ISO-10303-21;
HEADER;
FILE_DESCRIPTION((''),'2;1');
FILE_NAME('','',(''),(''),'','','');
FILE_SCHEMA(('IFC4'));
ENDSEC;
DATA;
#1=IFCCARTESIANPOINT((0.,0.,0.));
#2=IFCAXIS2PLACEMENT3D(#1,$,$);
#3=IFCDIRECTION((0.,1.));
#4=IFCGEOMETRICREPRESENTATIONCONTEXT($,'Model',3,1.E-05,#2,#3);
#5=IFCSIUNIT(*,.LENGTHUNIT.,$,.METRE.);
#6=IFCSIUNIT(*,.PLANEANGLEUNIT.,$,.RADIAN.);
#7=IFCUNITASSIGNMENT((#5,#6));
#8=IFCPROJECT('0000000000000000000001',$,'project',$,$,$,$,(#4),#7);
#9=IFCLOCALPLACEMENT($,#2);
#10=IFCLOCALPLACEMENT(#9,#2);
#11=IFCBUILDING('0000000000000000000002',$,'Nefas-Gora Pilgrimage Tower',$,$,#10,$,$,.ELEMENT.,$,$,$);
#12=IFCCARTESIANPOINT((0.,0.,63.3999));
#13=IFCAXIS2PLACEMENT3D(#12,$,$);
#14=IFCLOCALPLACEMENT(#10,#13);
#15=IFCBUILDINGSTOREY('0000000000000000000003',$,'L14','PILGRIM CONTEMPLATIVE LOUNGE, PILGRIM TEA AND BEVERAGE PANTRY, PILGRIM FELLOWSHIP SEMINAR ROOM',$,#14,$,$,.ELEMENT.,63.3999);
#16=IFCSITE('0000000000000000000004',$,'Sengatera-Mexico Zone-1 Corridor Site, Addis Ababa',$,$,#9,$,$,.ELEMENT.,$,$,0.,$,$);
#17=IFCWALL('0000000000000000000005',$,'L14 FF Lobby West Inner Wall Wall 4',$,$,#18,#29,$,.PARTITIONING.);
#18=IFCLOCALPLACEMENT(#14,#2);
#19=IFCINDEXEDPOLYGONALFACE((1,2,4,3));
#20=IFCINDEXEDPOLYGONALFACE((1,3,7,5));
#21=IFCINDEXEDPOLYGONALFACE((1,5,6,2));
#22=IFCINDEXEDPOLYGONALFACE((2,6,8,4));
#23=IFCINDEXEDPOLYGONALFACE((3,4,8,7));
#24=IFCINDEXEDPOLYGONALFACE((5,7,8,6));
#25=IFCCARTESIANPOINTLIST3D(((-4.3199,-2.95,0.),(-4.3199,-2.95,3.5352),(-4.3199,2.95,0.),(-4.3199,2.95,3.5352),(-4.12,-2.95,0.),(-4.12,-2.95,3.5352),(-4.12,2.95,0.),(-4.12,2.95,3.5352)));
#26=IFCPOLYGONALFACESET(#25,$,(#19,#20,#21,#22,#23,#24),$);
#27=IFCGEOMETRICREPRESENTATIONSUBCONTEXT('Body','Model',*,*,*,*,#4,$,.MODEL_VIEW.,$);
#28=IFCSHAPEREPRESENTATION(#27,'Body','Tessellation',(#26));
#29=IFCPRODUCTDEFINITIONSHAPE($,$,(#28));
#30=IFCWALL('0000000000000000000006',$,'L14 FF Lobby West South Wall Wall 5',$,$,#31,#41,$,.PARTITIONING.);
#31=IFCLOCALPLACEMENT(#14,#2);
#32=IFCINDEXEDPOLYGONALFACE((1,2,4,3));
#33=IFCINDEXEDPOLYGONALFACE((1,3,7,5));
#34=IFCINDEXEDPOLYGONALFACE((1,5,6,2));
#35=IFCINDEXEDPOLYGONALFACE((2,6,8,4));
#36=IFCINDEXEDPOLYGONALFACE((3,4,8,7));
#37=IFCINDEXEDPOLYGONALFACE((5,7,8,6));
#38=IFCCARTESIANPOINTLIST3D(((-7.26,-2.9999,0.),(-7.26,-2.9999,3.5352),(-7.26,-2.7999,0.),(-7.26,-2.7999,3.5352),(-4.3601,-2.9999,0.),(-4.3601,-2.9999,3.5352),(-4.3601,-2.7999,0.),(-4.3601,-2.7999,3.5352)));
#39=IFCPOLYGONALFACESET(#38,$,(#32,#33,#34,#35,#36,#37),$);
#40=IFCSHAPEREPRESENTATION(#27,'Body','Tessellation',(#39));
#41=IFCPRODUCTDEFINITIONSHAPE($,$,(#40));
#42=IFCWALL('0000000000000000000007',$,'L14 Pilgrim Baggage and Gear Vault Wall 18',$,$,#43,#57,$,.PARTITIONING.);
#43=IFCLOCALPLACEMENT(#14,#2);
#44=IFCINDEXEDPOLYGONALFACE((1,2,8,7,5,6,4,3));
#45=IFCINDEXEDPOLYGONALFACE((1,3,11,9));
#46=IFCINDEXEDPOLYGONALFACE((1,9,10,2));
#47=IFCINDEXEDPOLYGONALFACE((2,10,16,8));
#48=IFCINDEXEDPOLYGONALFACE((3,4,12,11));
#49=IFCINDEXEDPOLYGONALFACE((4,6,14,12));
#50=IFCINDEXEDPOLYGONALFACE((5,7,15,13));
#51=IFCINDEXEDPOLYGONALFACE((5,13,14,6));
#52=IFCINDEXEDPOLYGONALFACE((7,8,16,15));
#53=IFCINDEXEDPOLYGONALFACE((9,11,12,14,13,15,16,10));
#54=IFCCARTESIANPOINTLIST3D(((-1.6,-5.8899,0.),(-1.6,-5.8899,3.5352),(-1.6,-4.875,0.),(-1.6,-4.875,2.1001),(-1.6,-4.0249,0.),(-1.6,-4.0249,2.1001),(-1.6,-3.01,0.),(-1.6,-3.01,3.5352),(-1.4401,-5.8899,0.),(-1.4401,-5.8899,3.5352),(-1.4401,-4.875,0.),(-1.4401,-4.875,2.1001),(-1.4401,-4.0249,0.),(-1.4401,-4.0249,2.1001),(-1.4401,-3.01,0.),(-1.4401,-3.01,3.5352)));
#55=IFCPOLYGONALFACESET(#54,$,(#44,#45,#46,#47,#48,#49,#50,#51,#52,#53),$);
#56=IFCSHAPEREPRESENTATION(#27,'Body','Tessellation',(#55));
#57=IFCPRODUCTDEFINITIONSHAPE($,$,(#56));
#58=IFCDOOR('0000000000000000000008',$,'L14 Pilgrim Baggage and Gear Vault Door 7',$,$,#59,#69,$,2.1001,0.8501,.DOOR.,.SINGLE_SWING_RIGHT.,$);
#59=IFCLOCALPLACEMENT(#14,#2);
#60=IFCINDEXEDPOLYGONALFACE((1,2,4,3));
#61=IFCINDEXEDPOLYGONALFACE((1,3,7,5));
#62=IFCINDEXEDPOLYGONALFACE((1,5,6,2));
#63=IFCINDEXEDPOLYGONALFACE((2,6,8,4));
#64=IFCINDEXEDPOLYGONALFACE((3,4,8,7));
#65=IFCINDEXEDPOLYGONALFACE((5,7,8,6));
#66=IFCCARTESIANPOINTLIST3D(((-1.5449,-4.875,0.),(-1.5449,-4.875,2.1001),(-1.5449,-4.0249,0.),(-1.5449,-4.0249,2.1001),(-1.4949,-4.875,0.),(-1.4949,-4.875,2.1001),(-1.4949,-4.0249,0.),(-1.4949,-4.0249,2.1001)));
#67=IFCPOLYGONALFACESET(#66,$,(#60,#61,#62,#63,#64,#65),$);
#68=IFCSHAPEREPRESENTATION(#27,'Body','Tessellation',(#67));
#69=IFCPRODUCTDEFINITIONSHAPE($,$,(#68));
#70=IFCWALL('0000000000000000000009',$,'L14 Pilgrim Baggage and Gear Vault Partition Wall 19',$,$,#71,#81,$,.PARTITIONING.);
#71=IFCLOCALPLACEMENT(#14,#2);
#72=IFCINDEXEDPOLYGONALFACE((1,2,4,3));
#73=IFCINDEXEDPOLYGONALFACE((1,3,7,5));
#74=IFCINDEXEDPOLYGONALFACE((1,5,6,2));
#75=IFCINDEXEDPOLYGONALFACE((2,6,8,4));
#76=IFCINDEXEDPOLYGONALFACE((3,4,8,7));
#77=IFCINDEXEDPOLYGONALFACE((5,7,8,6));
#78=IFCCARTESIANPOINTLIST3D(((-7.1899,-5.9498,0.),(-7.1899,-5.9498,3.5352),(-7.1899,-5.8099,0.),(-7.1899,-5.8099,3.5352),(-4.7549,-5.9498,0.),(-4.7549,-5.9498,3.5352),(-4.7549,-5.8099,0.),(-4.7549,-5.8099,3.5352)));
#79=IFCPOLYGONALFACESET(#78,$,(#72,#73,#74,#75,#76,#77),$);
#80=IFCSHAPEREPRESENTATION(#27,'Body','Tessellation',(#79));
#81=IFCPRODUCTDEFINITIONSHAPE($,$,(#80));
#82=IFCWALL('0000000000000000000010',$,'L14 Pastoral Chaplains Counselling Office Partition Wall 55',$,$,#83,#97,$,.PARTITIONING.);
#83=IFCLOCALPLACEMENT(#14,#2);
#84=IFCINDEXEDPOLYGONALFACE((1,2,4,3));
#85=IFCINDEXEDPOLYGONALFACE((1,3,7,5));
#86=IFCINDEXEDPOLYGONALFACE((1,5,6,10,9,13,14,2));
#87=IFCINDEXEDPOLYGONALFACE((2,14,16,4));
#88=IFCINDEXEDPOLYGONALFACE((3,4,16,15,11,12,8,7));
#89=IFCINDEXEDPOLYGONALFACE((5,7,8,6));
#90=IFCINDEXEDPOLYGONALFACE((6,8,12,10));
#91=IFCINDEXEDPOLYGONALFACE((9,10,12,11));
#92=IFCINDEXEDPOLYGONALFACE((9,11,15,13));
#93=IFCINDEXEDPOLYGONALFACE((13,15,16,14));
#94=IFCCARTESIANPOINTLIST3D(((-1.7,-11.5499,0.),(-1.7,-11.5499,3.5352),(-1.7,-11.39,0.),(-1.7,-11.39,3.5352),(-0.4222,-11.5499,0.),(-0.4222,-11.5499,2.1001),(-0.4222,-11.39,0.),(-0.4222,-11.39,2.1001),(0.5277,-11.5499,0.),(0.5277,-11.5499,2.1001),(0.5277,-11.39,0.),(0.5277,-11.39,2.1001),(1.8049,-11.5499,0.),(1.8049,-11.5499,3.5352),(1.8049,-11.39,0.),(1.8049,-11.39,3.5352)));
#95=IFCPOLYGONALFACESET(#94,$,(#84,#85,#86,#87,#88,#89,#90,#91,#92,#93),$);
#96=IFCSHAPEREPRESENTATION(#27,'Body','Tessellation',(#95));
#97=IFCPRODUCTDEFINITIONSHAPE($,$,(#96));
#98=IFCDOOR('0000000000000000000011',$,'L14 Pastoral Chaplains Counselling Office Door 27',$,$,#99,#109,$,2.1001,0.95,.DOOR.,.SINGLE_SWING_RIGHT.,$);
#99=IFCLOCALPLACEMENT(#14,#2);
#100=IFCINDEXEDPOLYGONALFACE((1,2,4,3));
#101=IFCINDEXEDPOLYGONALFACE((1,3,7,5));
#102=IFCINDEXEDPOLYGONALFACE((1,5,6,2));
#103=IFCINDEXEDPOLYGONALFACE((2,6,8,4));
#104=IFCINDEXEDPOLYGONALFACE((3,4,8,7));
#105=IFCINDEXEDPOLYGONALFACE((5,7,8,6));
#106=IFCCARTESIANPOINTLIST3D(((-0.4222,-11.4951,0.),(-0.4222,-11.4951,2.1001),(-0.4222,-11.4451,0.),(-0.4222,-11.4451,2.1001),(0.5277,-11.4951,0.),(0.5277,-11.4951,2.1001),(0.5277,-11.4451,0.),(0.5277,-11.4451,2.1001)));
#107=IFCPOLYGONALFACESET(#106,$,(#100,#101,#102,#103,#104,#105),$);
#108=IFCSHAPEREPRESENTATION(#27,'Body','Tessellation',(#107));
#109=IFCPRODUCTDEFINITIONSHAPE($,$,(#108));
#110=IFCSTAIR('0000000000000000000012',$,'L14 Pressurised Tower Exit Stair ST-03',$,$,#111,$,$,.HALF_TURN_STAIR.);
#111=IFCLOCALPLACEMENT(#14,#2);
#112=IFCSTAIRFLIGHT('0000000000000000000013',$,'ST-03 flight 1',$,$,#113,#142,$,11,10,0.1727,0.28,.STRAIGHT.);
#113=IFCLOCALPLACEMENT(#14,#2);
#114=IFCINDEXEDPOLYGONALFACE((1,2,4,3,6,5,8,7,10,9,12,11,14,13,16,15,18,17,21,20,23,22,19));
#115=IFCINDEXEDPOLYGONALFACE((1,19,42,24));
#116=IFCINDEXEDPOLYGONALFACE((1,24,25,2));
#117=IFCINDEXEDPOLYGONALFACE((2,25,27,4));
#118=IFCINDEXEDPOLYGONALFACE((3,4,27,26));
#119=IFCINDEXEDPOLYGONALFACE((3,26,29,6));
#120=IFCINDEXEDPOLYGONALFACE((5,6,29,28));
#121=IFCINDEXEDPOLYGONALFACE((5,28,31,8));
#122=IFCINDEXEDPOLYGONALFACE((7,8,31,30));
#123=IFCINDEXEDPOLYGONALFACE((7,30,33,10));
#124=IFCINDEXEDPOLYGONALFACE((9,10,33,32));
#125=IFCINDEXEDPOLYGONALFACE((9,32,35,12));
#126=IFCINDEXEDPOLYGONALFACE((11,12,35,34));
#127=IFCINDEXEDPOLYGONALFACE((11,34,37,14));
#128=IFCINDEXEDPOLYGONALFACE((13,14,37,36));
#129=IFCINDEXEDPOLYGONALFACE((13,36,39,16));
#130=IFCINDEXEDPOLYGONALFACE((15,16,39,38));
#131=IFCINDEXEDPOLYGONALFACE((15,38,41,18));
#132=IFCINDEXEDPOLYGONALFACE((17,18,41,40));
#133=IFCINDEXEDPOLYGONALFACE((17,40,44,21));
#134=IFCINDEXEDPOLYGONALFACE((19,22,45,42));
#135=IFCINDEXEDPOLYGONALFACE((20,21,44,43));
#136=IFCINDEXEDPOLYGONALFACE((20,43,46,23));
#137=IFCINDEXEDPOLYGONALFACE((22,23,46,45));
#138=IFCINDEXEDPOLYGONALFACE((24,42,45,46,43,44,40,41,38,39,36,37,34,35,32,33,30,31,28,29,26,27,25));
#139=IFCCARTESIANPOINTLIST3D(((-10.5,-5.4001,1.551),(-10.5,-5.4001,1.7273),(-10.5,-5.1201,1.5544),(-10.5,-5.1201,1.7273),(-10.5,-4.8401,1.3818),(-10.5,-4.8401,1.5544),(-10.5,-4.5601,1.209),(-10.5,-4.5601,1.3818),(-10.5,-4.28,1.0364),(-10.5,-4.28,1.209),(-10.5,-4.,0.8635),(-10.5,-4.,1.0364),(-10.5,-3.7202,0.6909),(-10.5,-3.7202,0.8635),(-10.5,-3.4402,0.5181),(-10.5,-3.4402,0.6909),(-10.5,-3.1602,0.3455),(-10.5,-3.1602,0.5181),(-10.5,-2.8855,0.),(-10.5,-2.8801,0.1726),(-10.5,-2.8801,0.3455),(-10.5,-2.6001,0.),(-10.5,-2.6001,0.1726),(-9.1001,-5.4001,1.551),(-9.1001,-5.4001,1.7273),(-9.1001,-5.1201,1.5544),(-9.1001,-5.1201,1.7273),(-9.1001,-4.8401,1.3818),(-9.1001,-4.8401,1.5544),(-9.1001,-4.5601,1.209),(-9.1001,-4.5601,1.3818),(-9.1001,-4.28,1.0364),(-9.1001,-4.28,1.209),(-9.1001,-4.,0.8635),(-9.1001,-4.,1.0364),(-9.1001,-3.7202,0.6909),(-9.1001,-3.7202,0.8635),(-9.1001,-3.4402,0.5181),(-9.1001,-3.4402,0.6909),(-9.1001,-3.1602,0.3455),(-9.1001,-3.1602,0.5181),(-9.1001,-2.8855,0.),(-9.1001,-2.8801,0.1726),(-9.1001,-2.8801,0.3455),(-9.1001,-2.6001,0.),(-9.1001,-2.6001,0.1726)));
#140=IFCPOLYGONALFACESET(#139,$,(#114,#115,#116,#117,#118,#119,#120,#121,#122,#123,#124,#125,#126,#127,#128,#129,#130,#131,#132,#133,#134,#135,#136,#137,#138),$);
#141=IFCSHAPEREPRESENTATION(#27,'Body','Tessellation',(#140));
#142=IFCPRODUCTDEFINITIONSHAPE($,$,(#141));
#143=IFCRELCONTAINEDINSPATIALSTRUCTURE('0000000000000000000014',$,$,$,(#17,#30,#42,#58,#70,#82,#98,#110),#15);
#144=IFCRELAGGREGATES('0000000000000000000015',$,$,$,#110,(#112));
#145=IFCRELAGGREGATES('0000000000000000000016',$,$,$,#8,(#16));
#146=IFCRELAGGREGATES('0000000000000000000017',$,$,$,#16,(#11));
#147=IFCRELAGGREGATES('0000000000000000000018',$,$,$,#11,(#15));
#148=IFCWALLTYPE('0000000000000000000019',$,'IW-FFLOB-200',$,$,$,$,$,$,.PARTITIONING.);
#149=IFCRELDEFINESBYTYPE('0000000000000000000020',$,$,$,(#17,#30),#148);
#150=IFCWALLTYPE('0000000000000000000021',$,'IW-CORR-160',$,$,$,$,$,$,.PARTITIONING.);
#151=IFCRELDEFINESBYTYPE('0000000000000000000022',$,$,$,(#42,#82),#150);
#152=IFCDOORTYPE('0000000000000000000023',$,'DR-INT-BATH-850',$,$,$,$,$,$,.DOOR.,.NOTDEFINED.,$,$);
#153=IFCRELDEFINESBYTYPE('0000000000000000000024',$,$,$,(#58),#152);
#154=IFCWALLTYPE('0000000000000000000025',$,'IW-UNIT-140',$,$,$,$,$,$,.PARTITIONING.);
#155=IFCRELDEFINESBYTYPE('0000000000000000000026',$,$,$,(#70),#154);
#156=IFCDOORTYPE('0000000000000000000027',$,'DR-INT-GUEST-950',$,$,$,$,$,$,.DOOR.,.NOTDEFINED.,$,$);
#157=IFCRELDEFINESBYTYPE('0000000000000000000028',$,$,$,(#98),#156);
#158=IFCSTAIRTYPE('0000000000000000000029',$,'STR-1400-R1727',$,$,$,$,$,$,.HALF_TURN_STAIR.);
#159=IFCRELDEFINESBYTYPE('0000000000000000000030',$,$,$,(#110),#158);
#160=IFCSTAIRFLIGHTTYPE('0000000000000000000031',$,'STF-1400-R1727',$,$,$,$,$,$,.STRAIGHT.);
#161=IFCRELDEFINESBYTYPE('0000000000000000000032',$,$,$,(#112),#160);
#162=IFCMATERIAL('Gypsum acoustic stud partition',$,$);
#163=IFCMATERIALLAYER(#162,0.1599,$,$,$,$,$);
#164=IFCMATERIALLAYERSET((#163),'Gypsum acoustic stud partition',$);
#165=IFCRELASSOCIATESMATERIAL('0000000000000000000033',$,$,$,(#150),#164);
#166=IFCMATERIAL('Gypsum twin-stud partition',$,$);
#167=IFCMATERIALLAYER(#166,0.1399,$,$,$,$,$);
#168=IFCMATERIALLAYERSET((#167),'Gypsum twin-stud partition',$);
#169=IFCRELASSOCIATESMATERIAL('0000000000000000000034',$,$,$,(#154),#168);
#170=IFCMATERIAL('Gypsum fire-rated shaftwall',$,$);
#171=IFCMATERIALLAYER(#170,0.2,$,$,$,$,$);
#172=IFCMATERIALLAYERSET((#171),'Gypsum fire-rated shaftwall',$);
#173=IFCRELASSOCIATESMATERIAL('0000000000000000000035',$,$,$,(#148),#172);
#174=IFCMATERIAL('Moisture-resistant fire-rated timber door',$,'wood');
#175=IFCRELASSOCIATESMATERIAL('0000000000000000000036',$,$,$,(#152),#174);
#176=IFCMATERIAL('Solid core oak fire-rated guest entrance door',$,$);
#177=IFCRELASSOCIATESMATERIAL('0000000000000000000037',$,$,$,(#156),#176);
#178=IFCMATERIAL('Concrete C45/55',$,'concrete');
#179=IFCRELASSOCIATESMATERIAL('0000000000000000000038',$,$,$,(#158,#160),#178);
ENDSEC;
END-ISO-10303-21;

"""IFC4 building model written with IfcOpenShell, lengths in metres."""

from ifc_helpers import new_model, si_unit, direction, frame, frame_2d, origin, place, context, subcontext, project, spatial, polyline, rectangle, outline, extrude, source, transform, mapped, material, layer, layer_set, type_object, element, fill, aggregate, save


model = new_model("IFC4")

# Units and contexts
model_context = context("Model", 3, precision=1e-05, world=origin(), true_north=direction((0.0, 1.0)))
body_context = subcontext(model_context, "Body", "Model", "MODEL_VIEW")
ifc_project = project(units=[si_unit("LENGTHUNIT", "METRE"), si_unit("PLANEANGLEUNIT", "RADIAN")], contexts=[model_context])

# Site, building, storey
site_placement = place(None, origin())
site = spatial("IfcSite", under=ifc_project, at=site_placement, Name="Sengatera-Mexico Zone-1 Corridor Site, Addis Ababa", CompositionType="ELEMENT", RefElevation=0.0)
building_placement = place(site_placement, origin())
building = spatial("IfcBuilding", under=site, at=building_placement, Name="Nefas-Gora Pilgrimage Tower", CompositionType="ELEMENT")
storey_placement = place(building_placement, frame((0.0, 0.0, 63.3999)))
storey = spatial("IfcBuildingStorey", under=building, at=storey_placement, Name="L14", Description="PILGRIM CONTEMPLATIVE LOUNGE, PILGRIM TEA AND BEVERAGE PANTRY, PILGRIM FELLOWSHIP SEMINAR ROOM", CompositionType="ELEMENT", Elevation=63.3999)

# Shared definitions
ifc_material_1 = material(Name="Concrete C45/55", Category="concrete")

# Shared definitions
ifc_material_2 = material(Name="Gypsum acoustic stud partition")
ifc_layer_1 = layer(ifc_material_2, 0.1599)
ifc_layer_set_1 = layer_set([ifc_layer_1], Name="Gypsum acoustic stud partition")
wall_type_1 = type_object("IfcWallType", Name="IW-CORR-160", PredefinedType="PARTITIONING", material=ifc_layer_set_1)
ifc_material_3 = material(Name="Gypsum twin-stud partition")
ifc_layer_2 = layer(ifc_material_3, 0.1399)
ifc_layer_set_2 = layer_set([ifc_layer_2], Name="Gypsum twin-stud partition")
wall_type_2 = type_object("IfcWallType", Name="IW-UNIT-140", PredefinedType="PARTITIONING", material=ifc_layer_set_2)

# Walls
ifc_material_4 = material(Name="Gypsum fire-rated shaftwall")
ifc_layer_3 = layer(ifc_material_4, 0.2)
ifc_layer_set_3 = layer_set([ifc_layer_3], Name="Gypsum fire-rated shaftwall")
wall_type_3 = type_object("IfcWallType", Name="IW-FFLOB-200", PredefinedType="PARTITIONING", material=ifc_layer_set_3)
shared_shape_1 = source(origin(), body_context, "Body", "SweptSolid", [
    extrude(rectangle(XDim=5.8999, YDim=0.2, at=frame_2d((2.95, 0.0))), origin(), (0.0, 0.0, 1.0), 3.5352),
])
wall_1_placement = place(storey_placement, frame((-4.22, -2.95, 0.0), z_axis=(0.0, 0.0, 1.0), x_axis=(0.0, 1.0, 0.0)))
element("IfcWall", 1, at=wall_1_placement, inside=storey, type_object=wall_type_3, Name="L14 FF Lobby West Inner Wall Wall 4", PredefinedType="PARTITIONING", context=body_context, shape_type="MappedRepresentation", body=[
    mapped(shared_shape_1, transform((0.0, 0.0, 0.0), x_axis=(1.0, 0.0, 0.0), y_axis=(0.0, 1.0, 0.0), z_axis=(0.0, 0.0, 1.0), scale=1.0)),
])
shared_shape_2 = source(origin(), body_context, "Body", "SweptSolid", [
    extrude(rectangle(XDim=2.8999, YDim=0.2, at=frame_2d((1.45, 0.0))), origin(), (0.0, 0.0, 1.0), 3.5352),
])
wall_2_placement = place(storey_placement, frame((-7.26, -2.8999, 0.0), z_axis=(0.0, 0.0, 1.0), x_axis=(1.0, 0.0, 0.0)))
element("IfcWall", 2, at=wall_2_placement, inside=storey, type_object=wall_type_3, Name="L14 FF Lobby West South Wall Wall 5", PredefinedType="PARTITIONING", context=body_context, shape_type="MappedRepresentation", body=[
    mapped(shared_shape_2, transform((0.0, 0.0, 0.0), x_axis=(1.0, 0.0, 0.0), y_axis=(0.0, 1.0, 0.0), z_axis=(0.0, 0.0, 1.0), scale=1.0)),
])

# Wall, opening, door
shared_shape_3 = source(origin(), body_context, "Body", "SweptSolid", [
    extrude(rectangle(XDim=2.8799, YDim=0.1599, at=frame_2d((1.4399, 0.0))), origin(), (0.0, 0.0, 1.0), 3.5352),
])
wall_3_placement = place(storey_placement, frame((-1.52, -5.8899, 0.0), z_axis=(0.0, 0.0, 1.0), x_axis=(0.0, 1.0, 0.0)))
wall_3 = element("IfcWall", 3, at=wall_3_placement, inside=storey, type_object=wall_type_1, Name="L14 Pilgrim Baggage and Gear Vault Wall 18", PredefinedType="PARTITIONING", context=body_context, shape_type="MappedRepresentation", body=[
    mapped(shared_shape_3, transform((0.0, 0.0, 0.0), x_axis=(1.0, 0.0, 0.0), y_axis=(0.0, 1.0, 0.0), z_axis=(0.0, 0.0, 1.0), scale=1.0)),
])
opening_1_placement = place(wall_3_placement, frame((1.0149, 0.0, 0.0)))
opening_1 = element("IfcOpeningElement", 4, at=opening_1_placement, cuts=wall_3, PredefinedType="OPENING", context=body_context, shape_type="SweptSolid", body=[
    extrude(rectangle(XDim=0.8501, YDim=2.1001, at=frame_2d((0.425, 1.05))), frame((0.0, 0.0898, 0.0), z_axis=(0.0, -1.0, 0.0), x_axis=(1.0, 0.0, 0.0)), (0.0, 0.0, 1.0), 0.1799),
])
ifc_material_5 = material(Name="Moisture-resistant fire-rated timber door", Category="wood")
door_type_1 = type_object("IfcDoorType", Name="DR-INT-BATH-850", OperationType="NOTDEFINED", PredefinedType="DOOR", material=ifc_material_5)
shared_shape_4 = source(origin(), body_context, "Body", "SweptSolid", [
    extrude(rectangle(XDim=0.8501, YDim=2.1001, at=frame_2d((0.425, 1.05))), frame((0.0, 0.0249, 0.0), z_axis=(0.0, -1.0, 0.0), x_axis=(1.0, 0.0, 0.0)), (0.0, 0.0, 1.0), 0.05),
])
door_1_placement = place(opening_1_placement, origin())
door_1 = element("IfcDoor", 5, at=door_1_placement, inside=storey, type_object=door_type_1, Name="L14 Pilgrim Baggage and Gear Vault Door 7", OperationType="SINGLE_SWING_RIGHT", OverallHeight=2.1001, OverallWidth=0.8501, PredefinedType="DOOR", context=body_context, shape_type="MappedRepresentation", body=[
    mapped(shared_shape_4, transform((0.0, 0.0, 0.0), x_axis=(1.0, 0.0, 0.0), y_axis=(0.0, 1.0, 0.0), z_axis=(0.0, 0.0, 1.0), scale=1.0)),
])
fill(opening_1, door_1)

# Wall
shared_shape_5 = source(origin(), body_context, "Body", "SweptSolid", [
    extrude(rectangle(XDim=2.4351, YDim=0.1399, at=frame_2d((1.2175, 0.0))), origin(), (0.0, 0.0, 1.0), 3.5352),
])
wall_4_placement = place(storey_placement, frame((-7.1899, -5.8799, 0.0), z_axis=(0.0, 0.0, 1.0), x_axis=(1.0, 0.0, 0.0)))
element("IfcWall", 6, at=wall_4_placement, inside=storey, type_object=wall_type_2, Name="L14 Pilgrim Baggage and Gear Vault Partition Wall 19", PredefinedType="PARTITIONING", context=body_context, shape_type="MappedRepresentation", body=[
    mapped(shared_shape_5, transform((0.0, 0.0, 0.0), x_axis=(1.0, 0.0, 0.0), y_axis=(0.0, 1.0, 0.0), z_axis=(0.0, 0.0, 1.0), scale=1.0)),
])

# Wall, opening, door
shared_shape_6 = source(origin(), body_context, "Body", "SweptSolid", [
    extrude(rectangle(XDim=3.5049, YDim=0.1599, at=frame_2d((1.7524, 0.0))), origin(), (0.0, 0.0, 1.0), 3.5352),
])
wall_5_placement = place(storey_placement, frame((-1.7, -11.47, 0.0), z_axis=(0.0, 0.0, 1.0), x_axis=(1.0, 0.0, 0.0)))
wall_5 = element("IfcWall", 7, at=wall_5_placement, inside=storey, type_object=wall_type_1, Name="L14 Pastoral Chaplains Counselling Office Partition Wall 55", PredefinedType="PARTITIONING", context=body_context, shape_type="MappedRepresentation", body=[
    mapped(shared_shape_6, transform((0.0, 0.0, 0.0), x_axis=(1.0, 0.0, 0.0), y_axis=(0.0, 1.0, 0.0), z_axis=(0.0, 0.0, 1.0), scale=1.0)),
])
opening_2_placement = place(wall_5_placement, frame((1.2776, 0.0, 0.0)))
opening_2 = element("IfcOpeningElement", 8, at=opening_2_placement, cuts=wall_5, PredefinedType="OPENING", context=body_context, shape_type="SweptSolid", body=[
    extrude(rectangle(XDim=0.95, YDim=2.1001, at=frame_2d((0.4751, 1.05))), frame((0.0, 0.0898, 0.0), z_axis=(0.0, -1.0, 0.0), x_axis=(1.0, 0.0, 0.0)), (0.0, 0.0, 1.0), 0.1799),
])
ifc_material_6 = material(Name="Solid core oak fire-rated guest entrance door")
door_type_2 = type_object("IfcDoorType", Name="DR-INT-GUEST-950", OperationType="NOTDEFINED", PredefinedType="DOOR", material=ifc_material_6)
shared_shape_7 = source(origin(), body_context, "Body", "SweptSolid", [
    extrude(rectangle(XDim=0.95, YDim=2.1001, at=frame_2d((0.4751, 1.05))), frame((0.0, 0.0249, 0.0), z_axis=(0.0, -1.0, 0.0), x_axis=(1.0, 0.0, 0.0)), (0.0, 0.0, 1.0), 0.05),
])
door_2_placement = place(opening_2_placement, origin())
door_2 = element("IfcDoor", 9, at=door_2_placement, inside=storey, type_object=door_type_2, Name="L14 Pastoral Chaplains Counselling Office Door 27", OperationType="SINGLE_SWING_RIGHT", OverallHeight=2.1001, OverallWidth=0.95, PredefinedType="DOOR", context=body_context, shape_type="MappedRepresentation", body=[
    mapped(shared_shape_7, transform((0.0, 0.0, 0.0), x_axis=(1.0, 0.0, 0.0), y_axis=(0.0, 1.0, 0.0), z_axis=(0.0, 0.0, 1.0), scale=1.0)),
])
fill(opening_2, door_2)

# Stair, stair flight
stair_type = type_object("IfcStairType", Name="STR-1400-R1727", PredefinedType="HALF_TURN_STAIR", material=ifc_material_1)
stair_placement = place(storey_placement, origin())
stair = element("IfcStair", 10, at=stair_placement, inside=storey, type_object=stair_type, Name="L14 Pressurised Tower Exit Stair ST-03", PredefinedType="HALF_TURN_STAIR")
stair_flight_type = type_object("IfcStairFlightType", Name="STF-1400-R1727", PredefinedType="STRAIGHT", material=ifc_material_1)
shared_shape_8 = source(origin(), body_context, "Body", "SweptSolid", [
    extrude(outline(polyline([(0.0, 0.0), (0.0, 0.1726), (0.28, 0.1726), (0.28, 0.3455), (0.5601, 0.3455), (0.5601, 0.5181), (0.8401, 0.5181), (0.8401, 0.6909), (1.1201, 0.6909), (1.1201, 0.8635), (1.3999, 0.8635), (1.3999, 1.0364), (1.6799, 1.0364), (1.6799, 1.209), (1.96, 1.209), (1.96, 1.3818), (2.24, 1.3818), (2.24, 1.5544), (2.52, 1.5544), (2.52, 1.7273), (2.8, 1.7273), (2.8, 1.8999), (2.8, 1.551), (0.2854, 0.0), (0.0, 0.0)])), frame((0.0, 0.7, 0.0), z_axis=(0.0, -1.0, 0.0), x_axis=(1.0, 0.0, 0.0)), (0.0, 0.0, 1.0), 1.3999),
])
stair_flight_1_placement = place(storey_placement, frame((-9.8, -2.6001, 0.0), z_axis=(0.0, 0.0, 1.0), x_axis=(0.0, -1.0, 0.0)))
stair_flight_1 = element("IfcStairFlight", 11, at=stair_flight_1_placement, type_object=stair_flight_type, Name="ST-03 flight 1", NumberOfRisers=11, NumberOfTreads=10, PredefinedType="STRAIGHT", RiserHeight=0.1727, TreadLength=0.28, context=body_context, shape_type="MappedRepresentation", body=[
    mapped(shared_shape_8, transform((0.0, 0.0, 0.0), x_axis=(1.0, 0.0, 0.0), y_axis=(0.0, 1.0, 0.0), z_axis=(0.0, 0.0, 1.0), scale=1.0)),
])
aggregate(stair, [stair_flight_1])

save(model, "model.ifc")
